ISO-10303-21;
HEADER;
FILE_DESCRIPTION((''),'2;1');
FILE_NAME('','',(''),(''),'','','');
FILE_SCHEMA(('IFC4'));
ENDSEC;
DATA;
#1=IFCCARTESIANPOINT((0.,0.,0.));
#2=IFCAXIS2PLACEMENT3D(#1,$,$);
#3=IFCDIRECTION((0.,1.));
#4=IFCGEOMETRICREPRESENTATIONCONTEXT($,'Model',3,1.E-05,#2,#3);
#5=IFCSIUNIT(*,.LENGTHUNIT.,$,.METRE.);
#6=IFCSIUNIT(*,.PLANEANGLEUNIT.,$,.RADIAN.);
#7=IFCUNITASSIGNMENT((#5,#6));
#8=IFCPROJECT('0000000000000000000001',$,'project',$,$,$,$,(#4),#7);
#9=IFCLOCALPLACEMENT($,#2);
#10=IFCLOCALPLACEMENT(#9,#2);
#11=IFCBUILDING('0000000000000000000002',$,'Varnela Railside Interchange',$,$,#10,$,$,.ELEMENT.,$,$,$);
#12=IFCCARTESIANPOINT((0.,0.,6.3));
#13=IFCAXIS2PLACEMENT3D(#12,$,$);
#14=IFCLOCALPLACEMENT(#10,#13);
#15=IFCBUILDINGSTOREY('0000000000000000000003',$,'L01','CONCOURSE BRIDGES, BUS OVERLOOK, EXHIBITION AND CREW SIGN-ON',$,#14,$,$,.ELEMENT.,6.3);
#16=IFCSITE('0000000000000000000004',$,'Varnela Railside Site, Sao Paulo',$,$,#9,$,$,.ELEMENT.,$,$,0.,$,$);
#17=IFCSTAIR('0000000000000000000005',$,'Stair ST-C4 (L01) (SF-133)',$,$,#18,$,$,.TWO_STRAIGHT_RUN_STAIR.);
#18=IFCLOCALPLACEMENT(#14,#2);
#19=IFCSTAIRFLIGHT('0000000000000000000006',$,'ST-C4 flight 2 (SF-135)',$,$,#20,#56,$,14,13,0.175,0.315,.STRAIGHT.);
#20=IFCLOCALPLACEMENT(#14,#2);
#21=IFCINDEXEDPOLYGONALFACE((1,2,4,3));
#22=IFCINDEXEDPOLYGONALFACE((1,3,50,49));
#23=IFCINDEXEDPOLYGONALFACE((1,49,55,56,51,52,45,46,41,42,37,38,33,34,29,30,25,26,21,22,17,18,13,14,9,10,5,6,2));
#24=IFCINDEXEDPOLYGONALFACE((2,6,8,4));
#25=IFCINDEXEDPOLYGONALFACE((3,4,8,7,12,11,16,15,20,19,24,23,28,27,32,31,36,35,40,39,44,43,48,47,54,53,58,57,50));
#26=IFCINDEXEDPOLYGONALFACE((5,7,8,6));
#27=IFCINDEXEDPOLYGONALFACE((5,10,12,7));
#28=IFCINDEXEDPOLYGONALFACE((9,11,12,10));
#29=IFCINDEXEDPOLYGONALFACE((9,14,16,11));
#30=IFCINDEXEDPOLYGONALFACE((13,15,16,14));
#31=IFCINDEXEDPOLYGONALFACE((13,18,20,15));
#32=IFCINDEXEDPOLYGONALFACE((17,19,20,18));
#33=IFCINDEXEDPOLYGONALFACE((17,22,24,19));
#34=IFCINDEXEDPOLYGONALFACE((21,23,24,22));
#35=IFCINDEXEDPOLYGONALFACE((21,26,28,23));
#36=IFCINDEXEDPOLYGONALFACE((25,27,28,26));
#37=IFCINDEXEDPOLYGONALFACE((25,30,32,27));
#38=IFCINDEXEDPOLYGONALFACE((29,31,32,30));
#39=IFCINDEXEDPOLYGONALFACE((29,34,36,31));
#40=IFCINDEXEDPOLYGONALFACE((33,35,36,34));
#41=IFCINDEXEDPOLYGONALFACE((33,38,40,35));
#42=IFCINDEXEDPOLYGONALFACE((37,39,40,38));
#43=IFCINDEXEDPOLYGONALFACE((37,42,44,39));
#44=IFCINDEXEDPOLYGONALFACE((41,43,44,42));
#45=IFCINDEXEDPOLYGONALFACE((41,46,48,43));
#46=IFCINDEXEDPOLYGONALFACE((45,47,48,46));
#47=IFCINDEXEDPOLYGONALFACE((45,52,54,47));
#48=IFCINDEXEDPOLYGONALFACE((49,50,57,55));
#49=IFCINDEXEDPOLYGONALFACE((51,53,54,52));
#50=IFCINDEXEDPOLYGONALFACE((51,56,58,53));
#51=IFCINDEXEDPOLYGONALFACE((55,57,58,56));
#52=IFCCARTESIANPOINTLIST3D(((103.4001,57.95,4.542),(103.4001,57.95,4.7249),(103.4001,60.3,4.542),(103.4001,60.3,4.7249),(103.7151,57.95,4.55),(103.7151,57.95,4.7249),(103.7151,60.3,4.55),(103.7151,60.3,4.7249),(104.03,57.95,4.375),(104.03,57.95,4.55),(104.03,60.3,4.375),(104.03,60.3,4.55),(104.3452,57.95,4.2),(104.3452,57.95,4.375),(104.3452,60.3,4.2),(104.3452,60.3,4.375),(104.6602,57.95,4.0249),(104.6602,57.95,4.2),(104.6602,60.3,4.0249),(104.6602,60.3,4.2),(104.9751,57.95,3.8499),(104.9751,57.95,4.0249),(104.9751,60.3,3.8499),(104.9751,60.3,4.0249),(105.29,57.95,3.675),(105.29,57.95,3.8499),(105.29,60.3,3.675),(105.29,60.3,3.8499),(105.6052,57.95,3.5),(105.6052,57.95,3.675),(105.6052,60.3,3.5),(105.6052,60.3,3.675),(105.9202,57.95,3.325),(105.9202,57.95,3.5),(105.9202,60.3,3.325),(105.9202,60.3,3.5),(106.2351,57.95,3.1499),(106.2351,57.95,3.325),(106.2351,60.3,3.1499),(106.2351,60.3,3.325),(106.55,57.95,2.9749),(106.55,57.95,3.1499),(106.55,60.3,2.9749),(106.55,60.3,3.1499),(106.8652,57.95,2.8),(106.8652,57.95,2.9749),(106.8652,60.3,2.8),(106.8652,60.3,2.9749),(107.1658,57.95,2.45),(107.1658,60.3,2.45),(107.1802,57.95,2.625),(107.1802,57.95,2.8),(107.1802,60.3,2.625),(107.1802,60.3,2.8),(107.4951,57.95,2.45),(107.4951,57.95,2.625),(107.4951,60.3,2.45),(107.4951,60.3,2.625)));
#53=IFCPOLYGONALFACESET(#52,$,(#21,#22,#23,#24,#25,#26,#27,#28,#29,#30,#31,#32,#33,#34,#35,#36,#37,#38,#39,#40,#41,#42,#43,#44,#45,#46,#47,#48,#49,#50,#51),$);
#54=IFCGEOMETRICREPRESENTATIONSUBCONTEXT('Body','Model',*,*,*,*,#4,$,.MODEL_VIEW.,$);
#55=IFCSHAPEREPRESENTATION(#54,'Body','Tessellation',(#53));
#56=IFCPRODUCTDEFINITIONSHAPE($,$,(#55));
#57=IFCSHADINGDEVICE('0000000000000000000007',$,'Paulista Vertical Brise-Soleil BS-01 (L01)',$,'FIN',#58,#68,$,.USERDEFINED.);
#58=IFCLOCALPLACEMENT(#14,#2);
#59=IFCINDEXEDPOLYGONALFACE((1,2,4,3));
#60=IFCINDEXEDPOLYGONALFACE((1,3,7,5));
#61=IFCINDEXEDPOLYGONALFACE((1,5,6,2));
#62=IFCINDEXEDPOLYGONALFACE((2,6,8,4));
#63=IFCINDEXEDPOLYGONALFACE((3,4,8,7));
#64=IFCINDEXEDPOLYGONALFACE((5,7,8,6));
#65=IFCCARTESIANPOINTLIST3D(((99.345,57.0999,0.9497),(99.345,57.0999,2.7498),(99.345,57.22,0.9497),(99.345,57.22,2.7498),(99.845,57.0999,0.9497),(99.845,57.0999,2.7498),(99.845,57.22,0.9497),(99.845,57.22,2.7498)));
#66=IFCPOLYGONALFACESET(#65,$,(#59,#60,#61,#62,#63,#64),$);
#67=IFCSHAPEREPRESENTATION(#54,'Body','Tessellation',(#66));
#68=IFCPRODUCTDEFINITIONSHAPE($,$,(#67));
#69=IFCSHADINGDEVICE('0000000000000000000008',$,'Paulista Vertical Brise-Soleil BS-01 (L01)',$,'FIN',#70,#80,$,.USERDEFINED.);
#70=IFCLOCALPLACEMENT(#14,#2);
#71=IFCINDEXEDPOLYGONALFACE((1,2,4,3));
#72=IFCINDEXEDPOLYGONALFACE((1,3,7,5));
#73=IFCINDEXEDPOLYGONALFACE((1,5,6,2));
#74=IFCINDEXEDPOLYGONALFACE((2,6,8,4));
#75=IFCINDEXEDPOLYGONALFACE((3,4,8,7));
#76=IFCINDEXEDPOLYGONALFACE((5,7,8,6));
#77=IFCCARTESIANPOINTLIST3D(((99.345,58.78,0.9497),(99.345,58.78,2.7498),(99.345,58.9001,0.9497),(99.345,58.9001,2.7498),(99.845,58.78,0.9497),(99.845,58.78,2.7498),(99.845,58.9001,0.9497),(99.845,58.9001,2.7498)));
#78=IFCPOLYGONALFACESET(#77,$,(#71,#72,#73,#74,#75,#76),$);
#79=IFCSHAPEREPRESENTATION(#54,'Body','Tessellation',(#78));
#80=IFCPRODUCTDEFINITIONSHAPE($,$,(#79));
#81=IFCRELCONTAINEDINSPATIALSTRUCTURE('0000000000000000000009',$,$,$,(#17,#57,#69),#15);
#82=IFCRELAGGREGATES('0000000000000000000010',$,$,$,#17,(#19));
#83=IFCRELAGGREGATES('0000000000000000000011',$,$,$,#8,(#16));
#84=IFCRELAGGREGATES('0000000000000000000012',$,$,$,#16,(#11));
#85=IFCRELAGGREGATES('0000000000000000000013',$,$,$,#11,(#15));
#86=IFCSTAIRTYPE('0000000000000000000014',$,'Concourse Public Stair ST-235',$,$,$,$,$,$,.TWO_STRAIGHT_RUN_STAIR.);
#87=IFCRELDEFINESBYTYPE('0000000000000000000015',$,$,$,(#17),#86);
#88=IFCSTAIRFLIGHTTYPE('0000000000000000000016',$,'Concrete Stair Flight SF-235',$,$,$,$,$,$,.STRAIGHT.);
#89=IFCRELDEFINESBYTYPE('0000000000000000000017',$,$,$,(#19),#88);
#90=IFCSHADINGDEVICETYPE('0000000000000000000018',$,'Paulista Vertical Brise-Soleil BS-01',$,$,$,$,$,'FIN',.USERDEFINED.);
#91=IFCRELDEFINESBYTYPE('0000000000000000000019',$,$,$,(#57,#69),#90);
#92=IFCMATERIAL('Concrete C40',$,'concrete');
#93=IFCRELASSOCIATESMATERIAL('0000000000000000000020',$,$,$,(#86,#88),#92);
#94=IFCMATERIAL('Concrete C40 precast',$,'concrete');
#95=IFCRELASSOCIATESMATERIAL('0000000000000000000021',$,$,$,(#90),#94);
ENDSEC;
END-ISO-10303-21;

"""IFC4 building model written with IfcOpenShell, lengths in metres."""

from ifc_helpers import new_model, si_unit, direction, frame, origin, origin_2d, place, context, subcontext, project, spatial, polyline, rectangle, outline, extrude, material, type_object, element, aggregate, save


model = new_model("IFC4")

# Units and contexts
model_context = context("Model", 3, precision=1e-05, world=origin(), true_north=direction((0.0, 1.0)))
body_context = subcontext(model_context, "Body", "Model", "MODEL_VIEW")
ifc_project = project(units=[si_unit("LENGTHUNIT", "METRE"), si_unit("PLANEANGLEUNIT", "RADIAN")], contexts=[model_context])

# Site, building, storey
site_placement = place(None, origin())
site = spatial("IfcSite", under=ifc_project, at=site_placement, Name="Varnela Railside Site, Sao Paulo", CompositionType="ELEMENT", RefElevation=0.0)
building_placement = place(site_placement, origin())
building = spatial("IfcBuilding", under=site, at=building_placement, Name="Varnela Railside Interchange", CompositionType="ELEMENT")
storey_placement = place(building_placement, frame((0.0, 0.0, 6.3)))
storey = spatial("IfcBuildingStorey", under=building, at=storey_placement, Name="L01", Description="CONCOURSE BRIDGES, BUS OVERLOOK, EXHIBITION AND CREW SIGN-ON", CompositionType="ELEMENT", Elevation=6.3)

# Shared definitions
ifc_material_1 = material(Name="Concrete C40", Category="concrete")

# Shared definitions
ifc_material_2 = material(Name="Concrete C40 precast", Category="concrete")

# Stair, stair flight
stair_type = type_object("IfcStairType", Name="Concourse Public Stair ST-235", PredefinedType="TWO_STRAIGHT_RUN_STAIR", material=ifc_material_1)
stair_placement = place(storey_placement, origin())
stair = element("IfcStair", 1, at=stair_placement, inside=storey, type_object=stair_type, Name="Stair ST-C4 (L01) (SF-133)", PredefinedType="TWO_STRAIGHT_RUN_STAIR")
stair_flight_type = type_object("IfcStairFlightType", Name="Concrete Stair Flight SF-235", PredefinedType="STRAIGHT", material=ifc_material_1)
stair_flight_1_placement = place(storey_placement, frame((107.4951, 59.125, 2.45), z_axis=(0.0, 0.0, 1.0), x_axis=(-1.0, 0.0, 0.0)))
stair_flight_1 = element("IfcStairFlight", 2, at=stair_flight_1_placement, type_object=stair_flight_type, Name="ST-C4 flight 2 (SF-135)", NumberOfRisers=14, NumberOfTreads=13, PredefinedType="STRAIGHT", RiserHeight=0.175, TreadLength=0.315, context=body_context, shape_type="SweptSolid", body=[
    extrude(outline(polyline([(0.0, 0.0), (0.0, 0.175), (0.3149, 0.175), (0.3149, 0.3501), (0.6299, 0.3501), (0.6299, 0.5249), (0.9451, 0.5249), (0.9451, 0.7), (1.26, 0.7), (1.26, 0.875), (1.575, 0.875), (1.575, 1.05), (1.8899, 1.05), (1.8899, 1.2251), (2.2051, 1.2251), (2.2051, 1.3999), (2.52, 1.3999), (2.52, 1.575), (2.835, 1.575), (2.835, 1.75), (3.1499, 1.75), (3.1499, 1.925), (3.4651, 1.925), (3.4651, 2.1001), (3.78, 2.1001), (3.78, 2.2749), (4.095, 2.2749), (4.095, 2.45), (4.095, 2.092), (0.3293, 0.0), (0.0, 0.0)])), frame((0.0, 1.175, 0.0), z_axis=(0.0, -1.0, 0.0), x_axis=(1.0, 0.0, 0.0)), (0.0, 0.0, 1.0), 2.3501),
])
aggregate(stair, [stair_flight_1])

# Shading devices
shading_device_type = type_object("IfcShadingDeviceType", Name="Paulista Vertical Brise-Soleil BS-01", ElementType="FIN", PredefinedType="USERDEFINED", material=ifc_material_2)
for number, where, z_axis, x_axis, name in (
    (3, (99.595, 57.1599, 0.9497), (0.0, 0.0, 1.0), (-1.0, 0.0, 0.0), "Paulista Vertical Brise-Soleil BS-01 (L01)"),
    (4, (99.595, 58.8401, 0.9497), (0.0, 0.0, 1.0), (-1.0, 0.0, 0.0), "Paulista Vertical Brise-Soleil BS-01 (L01)"),
):
    element("IfcShadingDevice", number, at=place(storey_placement, frame(where, z_axis=z_axis, x_axis=x_axis)), inside=storey, type_object=shading_device_type, Name=name, ObjectType="FIN", PredefinedType="USERDEFINED", context=body_context, shape_type="SweptSolid", body=[
        extrude(rectangle(XDim=0.5, YDim=0.1201, at=origin_2d()), origin(), (0.0, 0.0, 1.0), 1.8),
    ])

save(model, "model.ifc")
